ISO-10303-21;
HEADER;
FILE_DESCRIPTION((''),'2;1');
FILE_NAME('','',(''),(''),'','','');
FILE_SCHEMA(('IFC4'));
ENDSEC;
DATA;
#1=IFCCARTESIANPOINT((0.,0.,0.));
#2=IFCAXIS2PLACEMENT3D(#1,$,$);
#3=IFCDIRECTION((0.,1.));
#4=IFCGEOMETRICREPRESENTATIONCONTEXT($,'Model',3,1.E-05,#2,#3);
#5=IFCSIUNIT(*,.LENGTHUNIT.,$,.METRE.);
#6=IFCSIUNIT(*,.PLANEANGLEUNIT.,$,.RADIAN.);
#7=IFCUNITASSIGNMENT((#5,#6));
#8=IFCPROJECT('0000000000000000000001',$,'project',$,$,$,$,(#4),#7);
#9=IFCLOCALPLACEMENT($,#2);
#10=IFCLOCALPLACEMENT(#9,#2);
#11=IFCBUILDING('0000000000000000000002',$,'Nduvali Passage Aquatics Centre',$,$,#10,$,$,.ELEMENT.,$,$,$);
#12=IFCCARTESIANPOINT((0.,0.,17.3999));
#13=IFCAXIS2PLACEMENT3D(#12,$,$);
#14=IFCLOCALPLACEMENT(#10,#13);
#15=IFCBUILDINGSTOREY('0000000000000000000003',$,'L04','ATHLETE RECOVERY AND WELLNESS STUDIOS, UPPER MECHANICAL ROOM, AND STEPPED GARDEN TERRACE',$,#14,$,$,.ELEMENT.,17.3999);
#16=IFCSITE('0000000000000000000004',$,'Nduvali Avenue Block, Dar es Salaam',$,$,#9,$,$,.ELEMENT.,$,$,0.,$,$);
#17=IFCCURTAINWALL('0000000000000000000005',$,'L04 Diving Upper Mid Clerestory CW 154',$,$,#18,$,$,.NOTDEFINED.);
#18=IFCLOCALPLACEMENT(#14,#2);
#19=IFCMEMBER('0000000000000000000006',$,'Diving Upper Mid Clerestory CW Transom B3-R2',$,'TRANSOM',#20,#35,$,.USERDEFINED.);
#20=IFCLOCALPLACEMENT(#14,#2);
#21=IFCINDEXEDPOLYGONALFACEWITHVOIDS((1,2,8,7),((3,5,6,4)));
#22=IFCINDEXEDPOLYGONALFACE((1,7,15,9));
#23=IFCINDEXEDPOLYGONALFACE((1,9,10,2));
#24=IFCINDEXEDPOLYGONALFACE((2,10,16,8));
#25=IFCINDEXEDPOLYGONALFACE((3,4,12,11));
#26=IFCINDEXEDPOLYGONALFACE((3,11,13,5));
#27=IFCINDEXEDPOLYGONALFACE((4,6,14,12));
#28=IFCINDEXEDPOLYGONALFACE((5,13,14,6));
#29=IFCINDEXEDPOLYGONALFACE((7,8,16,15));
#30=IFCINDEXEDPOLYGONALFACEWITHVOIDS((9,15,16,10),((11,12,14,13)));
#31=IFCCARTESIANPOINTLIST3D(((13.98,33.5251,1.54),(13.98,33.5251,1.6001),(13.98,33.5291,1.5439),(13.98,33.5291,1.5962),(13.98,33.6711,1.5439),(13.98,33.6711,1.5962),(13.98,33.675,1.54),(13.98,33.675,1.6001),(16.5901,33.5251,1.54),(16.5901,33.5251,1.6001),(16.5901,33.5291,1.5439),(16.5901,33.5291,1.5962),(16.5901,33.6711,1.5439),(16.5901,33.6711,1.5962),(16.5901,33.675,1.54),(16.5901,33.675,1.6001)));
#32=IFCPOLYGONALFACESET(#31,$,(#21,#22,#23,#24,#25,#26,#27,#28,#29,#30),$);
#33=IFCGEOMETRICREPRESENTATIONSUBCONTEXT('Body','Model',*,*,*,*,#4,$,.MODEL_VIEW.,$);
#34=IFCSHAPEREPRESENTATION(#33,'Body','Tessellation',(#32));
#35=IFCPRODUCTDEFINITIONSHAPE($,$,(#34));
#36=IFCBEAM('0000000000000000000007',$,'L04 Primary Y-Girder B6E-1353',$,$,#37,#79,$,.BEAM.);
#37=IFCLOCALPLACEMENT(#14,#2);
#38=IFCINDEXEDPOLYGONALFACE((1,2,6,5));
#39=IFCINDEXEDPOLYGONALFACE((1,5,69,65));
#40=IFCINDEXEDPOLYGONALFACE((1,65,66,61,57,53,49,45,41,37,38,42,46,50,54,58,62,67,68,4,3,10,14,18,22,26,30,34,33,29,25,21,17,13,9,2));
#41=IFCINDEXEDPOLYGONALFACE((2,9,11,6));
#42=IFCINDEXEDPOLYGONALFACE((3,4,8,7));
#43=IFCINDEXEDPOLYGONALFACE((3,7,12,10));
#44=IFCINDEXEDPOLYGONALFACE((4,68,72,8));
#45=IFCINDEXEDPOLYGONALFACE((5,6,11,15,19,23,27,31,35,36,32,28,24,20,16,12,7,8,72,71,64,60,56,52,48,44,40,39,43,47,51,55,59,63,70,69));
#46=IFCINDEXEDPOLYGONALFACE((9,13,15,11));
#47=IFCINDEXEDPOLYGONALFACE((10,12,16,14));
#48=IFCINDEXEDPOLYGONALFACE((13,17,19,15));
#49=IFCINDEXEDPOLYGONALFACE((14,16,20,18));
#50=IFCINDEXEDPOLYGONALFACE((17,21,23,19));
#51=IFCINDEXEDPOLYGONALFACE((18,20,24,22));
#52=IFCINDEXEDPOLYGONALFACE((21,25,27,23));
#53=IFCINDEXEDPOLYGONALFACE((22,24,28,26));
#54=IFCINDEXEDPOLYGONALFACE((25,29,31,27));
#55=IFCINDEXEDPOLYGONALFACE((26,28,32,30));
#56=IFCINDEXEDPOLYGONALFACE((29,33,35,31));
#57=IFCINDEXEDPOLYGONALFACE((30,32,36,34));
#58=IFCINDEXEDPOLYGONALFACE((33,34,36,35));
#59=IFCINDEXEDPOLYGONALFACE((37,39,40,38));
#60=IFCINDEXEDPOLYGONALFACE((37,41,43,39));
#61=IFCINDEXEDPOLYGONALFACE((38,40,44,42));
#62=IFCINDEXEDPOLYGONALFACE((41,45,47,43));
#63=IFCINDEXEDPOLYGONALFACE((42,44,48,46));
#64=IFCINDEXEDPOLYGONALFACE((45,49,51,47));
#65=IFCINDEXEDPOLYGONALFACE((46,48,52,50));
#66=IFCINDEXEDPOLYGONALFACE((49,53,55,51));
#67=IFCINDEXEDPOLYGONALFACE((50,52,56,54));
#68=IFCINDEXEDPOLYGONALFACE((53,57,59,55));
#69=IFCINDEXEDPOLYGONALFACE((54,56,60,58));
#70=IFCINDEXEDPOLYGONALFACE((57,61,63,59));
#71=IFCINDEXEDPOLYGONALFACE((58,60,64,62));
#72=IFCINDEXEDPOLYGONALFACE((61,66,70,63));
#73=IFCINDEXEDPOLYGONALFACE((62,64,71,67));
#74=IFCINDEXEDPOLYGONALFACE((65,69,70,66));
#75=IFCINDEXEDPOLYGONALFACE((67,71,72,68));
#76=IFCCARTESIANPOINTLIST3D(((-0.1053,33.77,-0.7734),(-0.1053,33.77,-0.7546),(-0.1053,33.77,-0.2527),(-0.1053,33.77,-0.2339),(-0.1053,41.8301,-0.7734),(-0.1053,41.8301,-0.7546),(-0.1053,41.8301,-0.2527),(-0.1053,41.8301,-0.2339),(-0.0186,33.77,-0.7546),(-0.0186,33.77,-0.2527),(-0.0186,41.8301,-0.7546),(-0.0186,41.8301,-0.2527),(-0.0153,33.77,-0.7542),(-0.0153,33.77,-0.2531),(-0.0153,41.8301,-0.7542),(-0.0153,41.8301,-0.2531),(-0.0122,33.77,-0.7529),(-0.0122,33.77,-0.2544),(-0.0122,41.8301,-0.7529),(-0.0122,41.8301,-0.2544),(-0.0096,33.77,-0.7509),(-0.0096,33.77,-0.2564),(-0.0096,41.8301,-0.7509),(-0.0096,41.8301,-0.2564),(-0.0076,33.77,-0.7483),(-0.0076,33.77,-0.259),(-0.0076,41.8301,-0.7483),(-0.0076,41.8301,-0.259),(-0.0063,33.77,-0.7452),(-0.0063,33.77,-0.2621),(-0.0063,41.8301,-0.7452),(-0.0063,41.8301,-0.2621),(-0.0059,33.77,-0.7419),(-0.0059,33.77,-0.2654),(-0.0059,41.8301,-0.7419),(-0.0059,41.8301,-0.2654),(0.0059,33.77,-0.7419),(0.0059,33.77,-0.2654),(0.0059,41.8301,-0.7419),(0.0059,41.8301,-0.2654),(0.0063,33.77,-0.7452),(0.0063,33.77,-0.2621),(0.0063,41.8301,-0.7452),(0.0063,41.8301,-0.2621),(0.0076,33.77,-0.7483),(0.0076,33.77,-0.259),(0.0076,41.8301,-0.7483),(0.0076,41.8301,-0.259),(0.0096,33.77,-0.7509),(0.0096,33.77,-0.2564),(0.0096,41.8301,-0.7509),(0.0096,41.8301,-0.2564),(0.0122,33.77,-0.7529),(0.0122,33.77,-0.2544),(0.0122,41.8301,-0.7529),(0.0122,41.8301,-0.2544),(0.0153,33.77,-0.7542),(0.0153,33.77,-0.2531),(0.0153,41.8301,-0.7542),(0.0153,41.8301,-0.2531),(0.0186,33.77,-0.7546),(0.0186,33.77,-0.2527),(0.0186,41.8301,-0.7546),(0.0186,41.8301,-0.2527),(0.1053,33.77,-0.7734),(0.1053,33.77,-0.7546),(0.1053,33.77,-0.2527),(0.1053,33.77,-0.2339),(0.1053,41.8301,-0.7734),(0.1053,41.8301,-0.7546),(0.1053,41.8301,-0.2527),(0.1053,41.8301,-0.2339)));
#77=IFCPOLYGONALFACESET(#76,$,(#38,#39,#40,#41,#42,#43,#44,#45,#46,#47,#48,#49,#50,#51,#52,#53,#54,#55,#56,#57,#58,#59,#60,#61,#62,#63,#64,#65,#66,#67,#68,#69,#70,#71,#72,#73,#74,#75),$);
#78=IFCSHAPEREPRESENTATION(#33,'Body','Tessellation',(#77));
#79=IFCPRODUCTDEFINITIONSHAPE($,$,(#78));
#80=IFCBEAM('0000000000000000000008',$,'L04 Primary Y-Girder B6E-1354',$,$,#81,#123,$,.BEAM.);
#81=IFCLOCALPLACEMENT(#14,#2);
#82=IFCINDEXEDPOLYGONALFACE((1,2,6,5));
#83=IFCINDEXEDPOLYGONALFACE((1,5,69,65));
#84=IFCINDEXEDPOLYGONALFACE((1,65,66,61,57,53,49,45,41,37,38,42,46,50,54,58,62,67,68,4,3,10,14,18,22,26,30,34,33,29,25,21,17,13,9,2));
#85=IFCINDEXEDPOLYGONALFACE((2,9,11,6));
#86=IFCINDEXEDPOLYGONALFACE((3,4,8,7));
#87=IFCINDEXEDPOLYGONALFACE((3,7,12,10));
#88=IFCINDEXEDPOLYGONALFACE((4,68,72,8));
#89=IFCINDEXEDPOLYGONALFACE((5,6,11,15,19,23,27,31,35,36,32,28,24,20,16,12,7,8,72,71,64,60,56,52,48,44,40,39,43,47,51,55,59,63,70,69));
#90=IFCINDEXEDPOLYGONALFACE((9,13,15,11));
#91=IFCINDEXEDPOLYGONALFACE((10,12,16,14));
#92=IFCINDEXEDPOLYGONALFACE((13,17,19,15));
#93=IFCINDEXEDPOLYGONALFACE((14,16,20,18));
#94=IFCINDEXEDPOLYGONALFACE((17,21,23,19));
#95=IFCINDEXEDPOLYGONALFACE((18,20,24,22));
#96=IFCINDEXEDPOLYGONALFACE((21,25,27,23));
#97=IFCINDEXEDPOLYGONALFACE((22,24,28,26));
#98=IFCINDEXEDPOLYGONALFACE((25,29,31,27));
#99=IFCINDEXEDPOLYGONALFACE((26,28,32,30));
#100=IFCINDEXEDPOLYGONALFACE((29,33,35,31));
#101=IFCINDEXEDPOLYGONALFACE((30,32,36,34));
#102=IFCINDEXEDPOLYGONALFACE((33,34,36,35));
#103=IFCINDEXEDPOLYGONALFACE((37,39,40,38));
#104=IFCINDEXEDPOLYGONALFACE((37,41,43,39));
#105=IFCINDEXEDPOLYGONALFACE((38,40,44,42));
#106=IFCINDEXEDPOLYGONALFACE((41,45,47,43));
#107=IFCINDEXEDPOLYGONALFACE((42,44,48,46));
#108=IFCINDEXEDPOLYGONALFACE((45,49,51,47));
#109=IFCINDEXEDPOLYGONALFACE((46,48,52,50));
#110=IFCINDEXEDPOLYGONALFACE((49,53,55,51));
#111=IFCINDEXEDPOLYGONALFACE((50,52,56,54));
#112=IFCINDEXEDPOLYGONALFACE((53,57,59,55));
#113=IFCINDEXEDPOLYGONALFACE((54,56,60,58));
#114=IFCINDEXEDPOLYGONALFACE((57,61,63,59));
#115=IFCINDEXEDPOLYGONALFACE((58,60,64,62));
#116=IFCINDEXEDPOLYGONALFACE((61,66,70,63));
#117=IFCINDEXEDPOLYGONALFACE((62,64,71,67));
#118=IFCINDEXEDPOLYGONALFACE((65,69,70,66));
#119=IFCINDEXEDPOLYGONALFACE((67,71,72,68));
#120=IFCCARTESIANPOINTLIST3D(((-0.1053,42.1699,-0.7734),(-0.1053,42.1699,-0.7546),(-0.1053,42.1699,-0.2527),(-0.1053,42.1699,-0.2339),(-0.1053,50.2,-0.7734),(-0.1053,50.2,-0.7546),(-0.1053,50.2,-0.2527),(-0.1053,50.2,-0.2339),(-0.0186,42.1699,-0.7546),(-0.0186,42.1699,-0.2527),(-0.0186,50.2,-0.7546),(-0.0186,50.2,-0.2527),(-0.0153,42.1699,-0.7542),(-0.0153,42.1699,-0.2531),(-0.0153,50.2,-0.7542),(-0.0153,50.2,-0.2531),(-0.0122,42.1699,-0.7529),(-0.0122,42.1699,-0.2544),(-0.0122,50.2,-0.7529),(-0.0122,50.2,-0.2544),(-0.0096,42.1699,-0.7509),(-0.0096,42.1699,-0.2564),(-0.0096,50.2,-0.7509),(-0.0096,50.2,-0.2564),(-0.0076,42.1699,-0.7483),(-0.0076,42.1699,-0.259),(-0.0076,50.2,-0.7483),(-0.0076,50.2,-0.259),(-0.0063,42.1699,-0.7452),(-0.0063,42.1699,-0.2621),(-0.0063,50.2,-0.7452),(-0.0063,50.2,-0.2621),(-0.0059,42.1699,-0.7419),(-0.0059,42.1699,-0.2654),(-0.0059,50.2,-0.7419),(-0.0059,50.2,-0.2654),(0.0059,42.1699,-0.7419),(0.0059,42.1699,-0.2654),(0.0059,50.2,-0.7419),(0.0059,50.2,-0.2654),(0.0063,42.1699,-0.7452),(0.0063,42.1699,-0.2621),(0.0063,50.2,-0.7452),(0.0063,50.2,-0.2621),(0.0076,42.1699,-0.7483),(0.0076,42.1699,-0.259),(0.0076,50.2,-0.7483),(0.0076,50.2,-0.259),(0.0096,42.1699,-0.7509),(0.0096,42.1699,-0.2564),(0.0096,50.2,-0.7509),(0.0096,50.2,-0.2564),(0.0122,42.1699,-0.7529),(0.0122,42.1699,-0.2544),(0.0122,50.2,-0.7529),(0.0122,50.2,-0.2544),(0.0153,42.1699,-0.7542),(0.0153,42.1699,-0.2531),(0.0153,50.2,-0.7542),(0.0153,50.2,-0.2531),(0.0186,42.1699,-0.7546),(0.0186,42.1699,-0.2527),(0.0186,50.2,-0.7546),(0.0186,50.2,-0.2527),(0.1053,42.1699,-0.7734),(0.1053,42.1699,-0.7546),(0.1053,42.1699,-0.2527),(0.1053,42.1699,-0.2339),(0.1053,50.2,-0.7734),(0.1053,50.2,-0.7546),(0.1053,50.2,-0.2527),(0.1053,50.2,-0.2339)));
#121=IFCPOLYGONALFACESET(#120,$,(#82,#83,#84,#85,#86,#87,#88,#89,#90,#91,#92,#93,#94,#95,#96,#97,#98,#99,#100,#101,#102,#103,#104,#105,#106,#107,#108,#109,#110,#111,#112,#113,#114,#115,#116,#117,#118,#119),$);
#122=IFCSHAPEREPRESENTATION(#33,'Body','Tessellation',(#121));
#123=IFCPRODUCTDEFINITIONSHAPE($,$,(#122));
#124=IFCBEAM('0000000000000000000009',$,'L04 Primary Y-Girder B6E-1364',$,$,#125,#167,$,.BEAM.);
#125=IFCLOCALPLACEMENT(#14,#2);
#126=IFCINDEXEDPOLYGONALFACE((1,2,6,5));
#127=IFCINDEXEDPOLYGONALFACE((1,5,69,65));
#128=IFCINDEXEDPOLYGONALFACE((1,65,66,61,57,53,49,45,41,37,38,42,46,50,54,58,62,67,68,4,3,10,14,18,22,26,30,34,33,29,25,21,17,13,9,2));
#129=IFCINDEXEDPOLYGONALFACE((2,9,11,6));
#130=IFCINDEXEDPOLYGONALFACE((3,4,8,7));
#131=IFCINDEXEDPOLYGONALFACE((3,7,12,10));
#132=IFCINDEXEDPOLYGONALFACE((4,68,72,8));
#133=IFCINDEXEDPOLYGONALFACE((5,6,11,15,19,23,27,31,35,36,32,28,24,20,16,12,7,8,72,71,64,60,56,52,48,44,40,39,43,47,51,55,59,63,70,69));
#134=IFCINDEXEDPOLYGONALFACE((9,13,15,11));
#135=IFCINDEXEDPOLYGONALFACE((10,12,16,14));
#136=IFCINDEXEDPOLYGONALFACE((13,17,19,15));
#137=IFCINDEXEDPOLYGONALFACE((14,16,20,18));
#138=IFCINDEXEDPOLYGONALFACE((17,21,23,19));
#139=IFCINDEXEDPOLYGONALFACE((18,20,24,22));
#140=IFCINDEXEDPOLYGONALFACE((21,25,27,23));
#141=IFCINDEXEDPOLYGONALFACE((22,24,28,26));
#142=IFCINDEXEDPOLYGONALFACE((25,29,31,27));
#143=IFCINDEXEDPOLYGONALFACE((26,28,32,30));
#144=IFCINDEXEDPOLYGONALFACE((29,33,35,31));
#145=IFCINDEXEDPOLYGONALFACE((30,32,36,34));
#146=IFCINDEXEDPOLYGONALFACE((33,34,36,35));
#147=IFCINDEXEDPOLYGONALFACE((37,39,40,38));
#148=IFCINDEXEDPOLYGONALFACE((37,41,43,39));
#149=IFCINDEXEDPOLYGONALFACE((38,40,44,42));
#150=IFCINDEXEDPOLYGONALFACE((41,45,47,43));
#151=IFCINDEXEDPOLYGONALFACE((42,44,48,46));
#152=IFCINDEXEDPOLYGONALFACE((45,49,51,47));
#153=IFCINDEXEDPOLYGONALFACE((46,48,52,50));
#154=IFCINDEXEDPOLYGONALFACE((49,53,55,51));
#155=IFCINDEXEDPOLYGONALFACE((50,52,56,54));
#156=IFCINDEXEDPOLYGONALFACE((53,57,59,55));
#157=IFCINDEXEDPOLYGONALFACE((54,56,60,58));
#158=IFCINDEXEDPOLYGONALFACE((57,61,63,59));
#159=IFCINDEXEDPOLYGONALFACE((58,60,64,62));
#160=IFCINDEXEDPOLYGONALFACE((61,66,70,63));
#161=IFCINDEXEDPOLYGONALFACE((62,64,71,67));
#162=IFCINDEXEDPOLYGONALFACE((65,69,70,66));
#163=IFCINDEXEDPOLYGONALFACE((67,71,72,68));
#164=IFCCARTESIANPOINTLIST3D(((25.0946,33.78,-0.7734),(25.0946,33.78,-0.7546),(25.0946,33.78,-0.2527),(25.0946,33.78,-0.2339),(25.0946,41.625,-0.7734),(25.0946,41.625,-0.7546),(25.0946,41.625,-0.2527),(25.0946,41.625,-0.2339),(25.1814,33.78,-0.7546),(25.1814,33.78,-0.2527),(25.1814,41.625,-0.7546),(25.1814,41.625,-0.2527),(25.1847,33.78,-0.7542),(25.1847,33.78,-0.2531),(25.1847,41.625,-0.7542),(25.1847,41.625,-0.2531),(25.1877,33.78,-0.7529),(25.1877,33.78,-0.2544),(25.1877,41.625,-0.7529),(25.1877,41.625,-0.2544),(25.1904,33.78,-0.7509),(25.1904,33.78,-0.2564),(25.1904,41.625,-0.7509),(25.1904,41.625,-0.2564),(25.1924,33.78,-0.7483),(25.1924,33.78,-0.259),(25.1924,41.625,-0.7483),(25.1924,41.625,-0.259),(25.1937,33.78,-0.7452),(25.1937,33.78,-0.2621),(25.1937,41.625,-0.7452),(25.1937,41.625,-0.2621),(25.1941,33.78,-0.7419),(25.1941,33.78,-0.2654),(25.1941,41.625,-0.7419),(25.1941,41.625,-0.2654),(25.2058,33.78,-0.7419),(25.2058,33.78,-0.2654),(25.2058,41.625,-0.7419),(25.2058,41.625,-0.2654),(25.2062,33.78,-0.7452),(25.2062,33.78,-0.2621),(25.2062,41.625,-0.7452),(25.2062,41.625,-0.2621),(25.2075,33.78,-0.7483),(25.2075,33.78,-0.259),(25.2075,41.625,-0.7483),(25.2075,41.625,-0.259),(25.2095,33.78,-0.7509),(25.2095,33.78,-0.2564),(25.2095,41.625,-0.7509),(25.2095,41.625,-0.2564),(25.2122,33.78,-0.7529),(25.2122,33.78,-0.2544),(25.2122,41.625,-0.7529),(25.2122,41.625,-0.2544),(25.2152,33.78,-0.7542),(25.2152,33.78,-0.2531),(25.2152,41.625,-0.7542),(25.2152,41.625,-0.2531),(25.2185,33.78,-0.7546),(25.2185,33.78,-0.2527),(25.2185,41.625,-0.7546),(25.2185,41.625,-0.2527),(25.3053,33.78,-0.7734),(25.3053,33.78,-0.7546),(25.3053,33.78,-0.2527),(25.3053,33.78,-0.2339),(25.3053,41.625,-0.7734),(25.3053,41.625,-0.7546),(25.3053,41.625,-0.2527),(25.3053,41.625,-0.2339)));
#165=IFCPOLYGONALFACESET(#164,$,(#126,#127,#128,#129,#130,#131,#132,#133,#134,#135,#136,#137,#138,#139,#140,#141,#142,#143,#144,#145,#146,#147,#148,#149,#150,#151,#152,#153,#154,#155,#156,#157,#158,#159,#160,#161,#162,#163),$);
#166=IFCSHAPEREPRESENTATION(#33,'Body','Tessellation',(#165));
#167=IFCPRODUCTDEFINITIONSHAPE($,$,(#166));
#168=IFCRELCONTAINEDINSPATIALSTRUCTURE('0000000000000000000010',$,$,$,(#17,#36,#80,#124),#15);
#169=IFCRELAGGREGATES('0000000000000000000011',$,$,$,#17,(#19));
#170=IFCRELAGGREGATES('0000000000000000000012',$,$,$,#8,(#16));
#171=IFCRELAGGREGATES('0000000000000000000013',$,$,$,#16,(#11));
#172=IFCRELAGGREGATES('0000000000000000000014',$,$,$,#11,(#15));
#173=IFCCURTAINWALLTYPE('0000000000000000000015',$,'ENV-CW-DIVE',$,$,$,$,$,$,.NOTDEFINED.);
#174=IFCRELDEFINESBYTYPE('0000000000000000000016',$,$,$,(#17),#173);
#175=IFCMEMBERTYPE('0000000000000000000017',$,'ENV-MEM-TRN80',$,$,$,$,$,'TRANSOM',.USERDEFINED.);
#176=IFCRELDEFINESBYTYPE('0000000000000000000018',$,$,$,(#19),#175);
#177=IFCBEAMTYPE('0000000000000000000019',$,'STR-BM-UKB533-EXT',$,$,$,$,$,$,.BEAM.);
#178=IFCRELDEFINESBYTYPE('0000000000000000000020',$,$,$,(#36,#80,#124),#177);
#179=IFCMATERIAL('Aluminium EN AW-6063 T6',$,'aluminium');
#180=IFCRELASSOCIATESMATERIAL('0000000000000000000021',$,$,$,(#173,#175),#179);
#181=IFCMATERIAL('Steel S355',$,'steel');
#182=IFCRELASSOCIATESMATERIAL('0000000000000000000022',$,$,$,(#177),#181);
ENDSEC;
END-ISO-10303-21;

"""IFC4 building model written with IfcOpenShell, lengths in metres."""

from ifc_helpers import new_model, si_unit, direction, frame, origin, origin_2d, place, context, subcontext, project, spatial, hollow_rectangle, i_section, extrude, material, material_profile, profile_set, type_object, element, aggregate, save


model = new_model("IFC4")

# Units and contexts
model_context = context("Model", 3, precision=1e-05, world=origin(), true_north=direction((0.0, 1.0)))
body_context = subcontext(model_context, "Body", "Model", "MODEL_VIEW")
ifc_project = project(units=[si_unit("LENGTHUNIT", "METRE"), si_unit("PLANEANGLEUNIT", "RADIAN")], contexts=[model_context])

# Site, building, storey
site_placement = place(None, origin())
site = spatial("IfcSite", under=ifc_project, at=site_placement, Name="Nduvali Avenue Block, Dar es Salaam", CompositionType="ELEMENT", RefElevation=0.0)
building_placement = place(site_placement, origin())
building = spatial("IfcBuilding", under=site, at=building_placement, Name="Nduvali Passage Aquatics Centre", CompositionType="ELEMENT")
storey_placement = place(building_placement, frame((0.0, 0.0, 17.3999)))
storey = spatial("IfcBuildingStorey", under=building, at=storey_placement, Name="L04", Description="ATHLETE RECOVERY AND WELLNESS STUDIOS, UPPER MECHANICAL ROOM, AND STEPPED GARDEN TERRACE", CompositionType="ELEMENT", Elevation=17.3999)

# Shared definitions
ifc_material_1 = material(Name="Steel S355", Category="steel")

# Curtain wall
ifc_material_2 = material(Name="Aluminium EN AW-6063 T6", Category="aluminium")
curtain_wall_type = type_object("IfcCurtainWallType", Name="ENV-CW-DIVE", PredefinedType="NOTDEFINED", material=ifc_material_2)
curtain_wall_1_placement = place(storey_placement, origin())
curtain_wall_1 = element("IfcCurtainWall", 1, at=curtain_wall_1_placement, inside=storey, type_object=curtain_wall_type, Name="L04 Diving Upper Mid Clerestory CW 154", PredefinedType="NOTDEFINED")

# Member
ifc_material_profile_1 = material_profile(ifc_material_2, hollow_rectangle(XDim=0.1499, YDim=0.0601, WallThickness=0.0039, at=origin_2d()), Name="ALU TRANSOM 150x60x4")
ifc_profile_set_1 = profile_set([ifc_material_profile_1], Name="Aluminium EN AW-6063 T6")
member_type_1 = type_object("IfcMemberType", Name="ENV-MEM-TRN80", ElementType="TRANSOM", PredefinedType="USERDEFINED", material=ifc_profile_set_1)
member_1_placement = place(storey_placement, frame((13.98, 33.6001, 1.5701), z_axis=(1.0, 0.0, 0.0), x_axis=(0.0, 1.0, 0.0)))
member_1 = element("IfcMember", 2, at=member_1_placement, type_object=member_type_1, Name="Diving Upper Mid Clerestory CW Transom B3-R2", ObjectType="TRANSOM", PredefinedType="USERDEFINED", context=body_context, shape_type="SweptSolid", body=[
    extrude(hollow_rectangle(XDim=0.1499, YDim=0.0601, WallThickness=0.0039, at=origin_2d()), origin(), (0.0, 0.0, 1.0), 2.6101),
])

# Beams
ifc_material_profile_2 = material_profile(ifc_material_1, i_section(OverallWidth=0.2107, OverallDepth=0.5396, WebThickness=0.0117, FlangeThickness=0.0188, FilletRadius=0.0127, at=origin_2d()), Name="UKB 533x210x109")
ifc_profile_set_2 = profile_set([ifc_material_profile_2], Name="Steel S355")
beam_type_1 = type_object("IfcBeamType", Name="STR-BM-UKB533-EXT", PredefinedType="BEAM", material=ifc_profile_set_2)
beam_1_placement = place(storey_placement, frame((0.0, 33.77, -0.5037), z_axis=(0.0, 1.0, 0.0), x_axis=(-1.0, 0.0, 0.0)))
element("IfcBeam", 3, at=beam_1_placement, inside=storey, type_object=beam_type_1, Name="L04 Primary Y-Girder B6E-1353", PredefinedType="BEAM", context=body_context, shape_type="SweptSolid", body=[
    extrude(i_section(OverallWidth=0.2107, OverallDepth=0.5396, WebThickness=0.0117, FlangeThickness=0.0188, FilletRadius=0.0127, at=origin_2d()), origin(), (0.0, 0.0, 1.0), 8.0601),
])
beam_2_placement = place(storey_placement, frame((0.0, 42.1699, -0.5037), z_axis=(0.0, 1.0, 0.0), x_axis=(-1.0, 0.0, 0.0)))
element("IfcBeam", 4, at=beam_2_placement, inside=storey, type_object=beam_type_1, Name="L04 Primary Y-Girder B6E-1354", PredefinedType="BEAM", context=body_context, shape_type="SweptSolid", body=[
    extrude(i_section(OverallWidth=0.2107, OverallDepth=0.5396, WebThickness=0.0117, FlangeThickness=0.0188, FilletRadius=0.0127, at=origin_2d()), origin(), (0.0, 0.0, 1.0), 8.03),
])
beam_3_placement = place(storey_placement, frame((25.2, 33.78, -0.5037), z_axis=(0.0, 1.0, 0.0), x_axis=(-1.0, 0.0, 0.0)))
element("IfcBeam", 5, at=beam_3_placement, inside=storey, type_object=beam_type_1, Name="L04 Primary Y-Girder B6E-1364", PredefinedType="BEAM", context=body_context, shape_type="SweptSolid", body=[
    extrude(i_section(OverallWidth=0.2107, OverallDepth=0.5396, WebThickness=0.0117, FlangeThickness=0.0188, FilletRadius=0.0127, at=origin_2d()), origin(), (0.0, 0.0, 1.0), 7.845),
])

aggregate(curtain_wall_1, [member_1])

save(model, "model.ifc")
